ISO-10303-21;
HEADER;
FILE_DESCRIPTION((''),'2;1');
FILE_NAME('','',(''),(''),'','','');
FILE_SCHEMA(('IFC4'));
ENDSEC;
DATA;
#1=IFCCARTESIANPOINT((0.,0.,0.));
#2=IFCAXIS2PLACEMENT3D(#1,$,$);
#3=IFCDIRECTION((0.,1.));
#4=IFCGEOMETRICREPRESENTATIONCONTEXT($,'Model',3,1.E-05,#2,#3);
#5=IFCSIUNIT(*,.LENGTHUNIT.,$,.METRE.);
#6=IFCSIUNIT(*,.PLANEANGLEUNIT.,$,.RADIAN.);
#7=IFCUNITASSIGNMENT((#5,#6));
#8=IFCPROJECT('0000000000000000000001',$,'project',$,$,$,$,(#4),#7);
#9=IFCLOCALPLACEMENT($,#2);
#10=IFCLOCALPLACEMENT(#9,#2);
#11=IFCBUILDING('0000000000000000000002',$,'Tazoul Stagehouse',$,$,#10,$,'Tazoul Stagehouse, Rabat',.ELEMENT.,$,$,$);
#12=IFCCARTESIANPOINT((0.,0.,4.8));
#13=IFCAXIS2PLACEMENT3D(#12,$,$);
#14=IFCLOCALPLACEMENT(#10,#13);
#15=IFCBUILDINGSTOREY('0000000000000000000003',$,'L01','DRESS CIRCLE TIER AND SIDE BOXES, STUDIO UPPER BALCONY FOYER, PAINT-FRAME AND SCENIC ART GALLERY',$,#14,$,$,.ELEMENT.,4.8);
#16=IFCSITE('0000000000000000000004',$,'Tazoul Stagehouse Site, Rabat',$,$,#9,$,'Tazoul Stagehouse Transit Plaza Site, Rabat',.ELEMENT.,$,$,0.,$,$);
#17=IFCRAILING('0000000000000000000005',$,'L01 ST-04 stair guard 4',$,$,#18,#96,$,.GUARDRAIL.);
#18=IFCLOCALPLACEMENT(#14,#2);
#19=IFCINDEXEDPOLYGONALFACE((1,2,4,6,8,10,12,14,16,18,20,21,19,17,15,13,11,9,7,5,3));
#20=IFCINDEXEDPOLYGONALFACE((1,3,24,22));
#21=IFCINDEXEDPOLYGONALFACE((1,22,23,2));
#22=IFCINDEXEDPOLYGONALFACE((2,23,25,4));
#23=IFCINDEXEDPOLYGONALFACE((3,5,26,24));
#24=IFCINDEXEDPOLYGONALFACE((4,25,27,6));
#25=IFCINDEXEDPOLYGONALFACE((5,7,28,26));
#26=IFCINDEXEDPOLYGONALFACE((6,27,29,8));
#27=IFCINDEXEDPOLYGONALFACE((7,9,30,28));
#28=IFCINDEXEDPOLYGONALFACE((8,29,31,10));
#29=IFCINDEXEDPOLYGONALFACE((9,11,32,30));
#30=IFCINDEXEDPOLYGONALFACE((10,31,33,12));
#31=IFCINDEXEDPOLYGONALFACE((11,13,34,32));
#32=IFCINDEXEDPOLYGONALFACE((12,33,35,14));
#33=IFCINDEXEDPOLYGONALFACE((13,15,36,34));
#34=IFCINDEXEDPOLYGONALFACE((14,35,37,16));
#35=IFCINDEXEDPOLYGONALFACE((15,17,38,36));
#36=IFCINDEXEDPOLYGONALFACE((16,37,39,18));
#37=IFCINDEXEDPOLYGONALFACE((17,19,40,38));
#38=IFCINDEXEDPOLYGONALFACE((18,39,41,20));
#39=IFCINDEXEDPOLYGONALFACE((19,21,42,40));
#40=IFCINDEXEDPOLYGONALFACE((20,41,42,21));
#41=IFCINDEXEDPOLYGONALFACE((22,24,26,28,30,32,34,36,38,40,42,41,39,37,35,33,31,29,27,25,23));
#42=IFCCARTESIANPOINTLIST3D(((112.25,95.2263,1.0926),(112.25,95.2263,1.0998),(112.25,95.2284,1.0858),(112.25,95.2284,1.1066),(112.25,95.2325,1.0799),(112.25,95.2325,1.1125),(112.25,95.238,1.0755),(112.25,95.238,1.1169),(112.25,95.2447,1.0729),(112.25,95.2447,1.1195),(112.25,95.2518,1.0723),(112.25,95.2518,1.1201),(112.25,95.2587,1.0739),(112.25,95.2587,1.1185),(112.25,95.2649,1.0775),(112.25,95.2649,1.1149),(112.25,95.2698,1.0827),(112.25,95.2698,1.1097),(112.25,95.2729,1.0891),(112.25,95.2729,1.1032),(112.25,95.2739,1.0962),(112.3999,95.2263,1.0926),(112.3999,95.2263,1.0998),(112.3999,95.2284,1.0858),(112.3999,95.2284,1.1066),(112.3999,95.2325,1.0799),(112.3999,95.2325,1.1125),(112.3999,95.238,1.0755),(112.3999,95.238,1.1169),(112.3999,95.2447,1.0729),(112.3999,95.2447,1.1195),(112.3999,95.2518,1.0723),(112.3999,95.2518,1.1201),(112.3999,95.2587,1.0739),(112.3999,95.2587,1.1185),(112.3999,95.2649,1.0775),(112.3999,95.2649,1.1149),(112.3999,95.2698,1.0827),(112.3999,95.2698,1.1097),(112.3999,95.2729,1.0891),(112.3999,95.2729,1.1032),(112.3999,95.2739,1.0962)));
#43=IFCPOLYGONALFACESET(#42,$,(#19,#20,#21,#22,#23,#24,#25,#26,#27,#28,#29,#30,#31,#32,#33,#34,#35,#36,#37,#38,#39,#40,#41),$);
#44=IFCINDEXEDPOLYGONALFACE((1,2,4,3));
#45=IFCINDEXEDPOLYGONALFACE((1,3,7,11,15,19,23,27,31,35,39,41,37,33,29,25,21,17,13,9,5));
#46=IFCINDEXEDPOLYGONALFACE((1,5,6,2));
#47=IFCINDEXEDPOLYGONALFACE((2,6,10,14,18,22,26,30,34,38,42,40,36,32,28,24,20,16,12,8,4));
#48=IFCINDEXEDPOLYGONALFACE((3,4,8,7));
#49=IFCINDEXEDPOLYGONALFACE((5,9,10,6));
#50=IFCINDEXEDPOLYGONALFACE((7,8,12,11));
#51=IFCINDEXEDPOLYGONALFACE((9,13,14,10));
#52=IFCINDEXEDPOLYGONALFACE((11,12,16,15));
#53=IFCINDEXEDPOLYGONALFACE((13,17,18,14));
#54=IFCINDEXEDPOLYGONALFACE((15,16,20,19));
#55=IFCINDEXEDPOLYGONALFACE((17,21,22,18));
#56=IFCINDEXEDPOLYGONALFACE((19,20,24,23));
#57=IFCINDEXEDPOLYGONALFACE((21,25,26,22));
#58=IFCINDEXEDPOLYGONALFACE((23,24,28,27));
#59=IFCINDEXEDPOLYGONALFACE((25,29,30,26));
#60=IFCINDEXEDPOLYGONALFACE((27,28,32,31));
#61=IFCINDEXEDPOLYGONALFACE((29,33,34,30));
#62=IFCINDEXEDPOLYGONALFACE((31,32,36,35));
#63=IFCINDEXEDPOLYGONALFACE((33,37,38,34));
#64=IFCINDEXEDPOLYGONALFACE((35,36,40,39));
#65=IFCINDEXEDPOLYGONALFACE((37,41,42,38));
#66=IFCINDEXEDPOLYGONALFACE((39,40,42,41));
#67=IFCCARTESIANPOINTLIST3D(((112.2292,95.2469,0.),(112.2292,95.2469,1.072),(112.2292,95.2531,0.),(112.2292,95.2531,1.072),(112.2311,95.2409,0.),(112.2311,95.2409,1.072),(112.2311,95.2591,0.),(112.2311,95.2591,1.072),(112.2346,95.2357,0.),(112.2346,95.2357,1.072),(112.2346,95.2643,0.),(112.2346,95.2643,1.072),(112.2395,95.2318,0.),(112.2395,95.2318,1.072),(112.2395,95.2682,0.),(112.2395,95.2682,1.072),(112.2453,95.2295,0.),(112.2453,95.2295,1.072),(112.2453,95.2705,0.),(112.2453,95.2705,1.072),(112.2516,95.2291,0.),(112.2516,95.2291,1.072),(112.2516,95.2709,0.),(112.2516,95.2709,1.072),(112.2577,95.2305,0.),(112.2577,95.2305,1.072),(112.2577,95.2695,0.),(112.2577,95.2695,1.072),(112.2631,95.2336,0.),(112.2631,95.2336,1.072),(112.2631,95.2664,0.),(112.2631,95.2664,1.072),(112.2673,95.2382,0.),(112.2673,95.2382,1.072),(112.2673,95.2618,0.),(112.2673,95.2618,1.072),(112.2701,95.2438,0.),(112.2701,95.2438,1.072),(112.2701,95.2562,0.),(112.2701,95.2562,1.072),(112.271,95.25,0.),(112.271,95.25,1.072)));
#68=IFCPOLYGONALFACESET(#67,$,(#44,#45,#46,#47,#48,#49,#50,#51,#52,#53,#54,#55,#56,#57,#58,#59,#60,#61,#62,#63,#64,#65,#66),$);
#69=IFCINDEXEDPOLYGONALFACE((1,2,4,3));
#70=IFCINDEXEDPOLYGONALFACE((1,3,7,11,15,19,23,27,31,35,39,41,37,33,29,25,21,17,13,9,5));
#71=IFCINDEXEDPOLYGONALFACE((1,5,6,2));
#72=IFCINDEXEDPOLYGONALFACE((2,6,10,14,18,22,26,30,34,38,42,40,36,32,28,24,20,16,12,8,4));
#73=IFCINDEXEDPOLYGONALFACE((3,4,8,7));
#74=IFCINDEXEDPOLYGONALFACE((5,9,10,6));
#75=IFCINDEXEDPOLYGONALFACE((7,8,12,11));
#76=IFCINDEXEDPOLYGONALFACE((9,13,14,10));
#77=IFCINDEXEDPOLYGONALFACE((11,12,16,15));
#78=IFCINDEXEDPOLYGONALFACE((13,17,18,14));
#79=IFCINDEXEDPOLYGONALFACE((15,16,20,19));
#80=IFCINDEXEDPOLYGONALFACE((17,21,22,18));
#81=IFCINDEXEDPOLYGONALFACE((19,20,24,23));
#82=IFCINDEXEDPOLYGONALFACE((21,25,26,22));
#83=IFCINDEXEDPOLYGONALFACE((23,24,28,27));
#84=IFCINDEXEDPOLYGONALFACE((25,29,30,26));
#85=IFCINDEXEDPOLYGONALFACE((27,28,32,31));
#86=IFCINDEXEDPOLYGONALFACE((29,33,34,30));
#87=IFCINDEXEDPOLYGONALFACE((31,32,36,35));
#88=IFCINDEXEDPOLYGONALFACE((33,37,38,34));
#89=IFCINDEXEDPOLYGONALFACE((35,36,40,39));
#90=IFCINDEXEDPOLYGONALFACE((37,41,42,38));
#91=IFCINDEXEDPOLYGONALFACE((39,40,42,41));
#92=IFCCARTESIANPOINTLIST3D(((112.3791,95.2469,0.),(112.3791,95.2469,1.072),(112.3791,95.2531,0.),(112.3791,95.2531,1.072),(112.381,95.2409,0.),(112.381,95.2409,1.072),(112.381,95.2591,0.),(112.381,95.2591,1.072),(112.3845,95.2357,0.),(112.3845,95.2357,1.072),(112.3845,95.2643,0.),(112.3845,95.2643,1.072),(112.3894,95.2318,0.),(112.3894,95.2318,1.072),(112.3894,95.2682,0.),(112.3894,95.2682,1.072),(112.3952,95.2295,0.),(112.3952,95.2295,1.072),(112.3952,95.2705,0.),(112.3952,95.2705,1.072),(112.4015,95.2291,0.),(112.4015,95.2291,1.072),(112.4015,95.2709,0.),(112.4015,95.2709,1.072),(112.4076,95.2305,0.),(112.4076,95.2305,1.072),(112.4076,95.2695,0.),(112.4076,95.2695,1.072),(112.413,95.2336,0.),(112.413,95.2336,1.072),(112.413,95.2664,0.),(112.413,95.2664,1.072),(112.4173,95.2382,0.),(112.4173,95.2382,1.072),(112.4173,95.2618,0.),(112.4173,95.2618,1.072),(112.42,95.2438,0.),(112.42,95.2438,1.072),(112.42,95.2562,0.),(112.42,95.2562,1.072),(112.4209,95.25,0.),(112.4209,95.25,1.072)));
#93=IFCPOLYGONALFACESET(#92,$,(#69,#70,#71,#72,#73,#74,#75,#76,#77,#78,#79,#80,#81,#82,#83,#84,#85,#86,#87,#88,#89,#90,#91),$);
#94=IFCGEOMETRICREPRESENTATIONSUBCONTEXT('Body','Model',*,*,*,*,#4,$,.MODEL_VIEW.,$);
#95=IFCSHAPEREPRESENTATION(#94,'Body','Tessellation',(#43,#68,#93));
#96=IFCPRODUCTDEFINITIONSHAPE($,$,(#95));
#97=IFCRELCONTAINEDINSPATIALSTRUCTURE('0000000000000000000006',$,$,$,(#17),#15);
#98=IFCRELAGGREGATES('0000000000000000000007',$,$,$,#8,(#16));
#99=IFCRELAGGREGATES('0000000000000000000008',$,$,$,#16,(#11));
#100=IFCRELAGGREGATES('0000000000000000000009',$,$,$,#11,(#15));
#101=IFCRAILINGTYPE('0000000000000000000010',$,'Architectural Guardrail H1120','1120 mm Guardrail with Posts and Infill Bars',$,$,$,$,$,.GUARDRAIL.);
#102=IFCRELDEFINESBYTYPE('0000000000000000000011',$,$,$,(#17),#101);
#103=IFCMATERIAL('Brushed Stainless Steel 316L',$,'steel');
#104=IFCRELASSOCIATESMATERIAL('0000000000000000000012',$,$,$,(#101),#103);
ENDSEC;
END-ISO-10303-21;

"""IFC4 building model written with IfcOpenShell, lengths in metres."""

from ifc_helpers import new_model, si_unit, direction, frame, origin, origin_2d, place, context, subcontext, project, spatial, circle, extrude, material, material_profile, profile_set, type_object, element, save


model = new_model("IFC4")

# Units and contexts
model_context = context("Model", 3, precision=1e-05, world=origin(), true_north=direction((0.0, 1.0)))
body_context = subcontext(model_context, "Body", "Model", "MODEL_VIEW")
ifc_project = project(units=[si_unit("LENGTHUNIT", "METRE"), si_unit("PLANEANGLEUNIT", "RADIAN")], contexts=[model_context])

# Site, building, storey
site_placement = place(None, origin())
site = spatial("IfcSite", under=ifc_project, at=site_placement, Name="Tazoul Stagehouse Site, Rabat", LongName="Tazoul Stagehouse Transit Plaza Site, Rabat", CompositionType="ELEMENT", RefElevation=0.0)
building_placement = place(site_placement, origin())
building = spatial("IfcBuilding", under=site, at=building_placement, Name="Tazoul Stagehouse", LongName="Tazoul Stagehouse, Rabat", CompositionType="ELEMENT")
storey_placement = place(building_placement, frame((0.0, 0.0, 4.8)))
storey = spatial("IfcBuildingStorey", under=building, at=storey_placement, Name="L01", Description="DRESS CIRCLE TIER AND SIDE BOXES, STUDIO UPPER BALCONY FOYER, PAINT-FRAME AND SCENIC ART GALLERY", CompositionType="ELEMENT", Elevation=4.8)

# Railing
ifc_material_1 = material(Name="Brushed Stainless Steel 316L", Category="steel")
ifc_material_profile_1 = material_profile(ifc_material_1, circle(Radius=0.0239, at=origin_2d()), Name="SS RAIL D48")
ifc_profile_set_1 = profile_set([ifc_material_profile_1], Name="Brushed Stainless Steel 316L")
railing_type_1 = type_object("IfcRailingType", Name="Architectural Guardrail H1120", Description="1120 mm Guardrail with Posts and Infill Bars", PredefinedType="GUARDRAIL", material=ifc_profile_set_1)
railing_1_placement = place(storey_placement, frame((112.25, 95.25, 0.0)))
element("IfcRailing", 1, at=railing_1_placement, inside=storey, type_object=railing_type_1, Name="L01 ST-04 stair guard 4", PredefinedType="GUARDRAIL", context=body_context, shape_type="SweptSolid", body=[
    extrude(circle(Radius=0.0239, at=origin_2d()), frame((0.0, 0.0, 1.0962), z_axis=(1.0, 0.0, 0.0), x_axis=(0.0, 1.0, 0.0)), (0.0, 0.0, 1.0), 0.1499),
    extrude(circle(Radius=0.021, at=origin_2d()), origin(), (0.0, 0.0, 1.0), 1.072),
    extrude(circle(Radius=0.021, at=origin_2d()), frame((0.1499, 0.0, 0.0)), (0.0, 0.0, 1.0), 1.072),
])

save(model, "model.ifc")
